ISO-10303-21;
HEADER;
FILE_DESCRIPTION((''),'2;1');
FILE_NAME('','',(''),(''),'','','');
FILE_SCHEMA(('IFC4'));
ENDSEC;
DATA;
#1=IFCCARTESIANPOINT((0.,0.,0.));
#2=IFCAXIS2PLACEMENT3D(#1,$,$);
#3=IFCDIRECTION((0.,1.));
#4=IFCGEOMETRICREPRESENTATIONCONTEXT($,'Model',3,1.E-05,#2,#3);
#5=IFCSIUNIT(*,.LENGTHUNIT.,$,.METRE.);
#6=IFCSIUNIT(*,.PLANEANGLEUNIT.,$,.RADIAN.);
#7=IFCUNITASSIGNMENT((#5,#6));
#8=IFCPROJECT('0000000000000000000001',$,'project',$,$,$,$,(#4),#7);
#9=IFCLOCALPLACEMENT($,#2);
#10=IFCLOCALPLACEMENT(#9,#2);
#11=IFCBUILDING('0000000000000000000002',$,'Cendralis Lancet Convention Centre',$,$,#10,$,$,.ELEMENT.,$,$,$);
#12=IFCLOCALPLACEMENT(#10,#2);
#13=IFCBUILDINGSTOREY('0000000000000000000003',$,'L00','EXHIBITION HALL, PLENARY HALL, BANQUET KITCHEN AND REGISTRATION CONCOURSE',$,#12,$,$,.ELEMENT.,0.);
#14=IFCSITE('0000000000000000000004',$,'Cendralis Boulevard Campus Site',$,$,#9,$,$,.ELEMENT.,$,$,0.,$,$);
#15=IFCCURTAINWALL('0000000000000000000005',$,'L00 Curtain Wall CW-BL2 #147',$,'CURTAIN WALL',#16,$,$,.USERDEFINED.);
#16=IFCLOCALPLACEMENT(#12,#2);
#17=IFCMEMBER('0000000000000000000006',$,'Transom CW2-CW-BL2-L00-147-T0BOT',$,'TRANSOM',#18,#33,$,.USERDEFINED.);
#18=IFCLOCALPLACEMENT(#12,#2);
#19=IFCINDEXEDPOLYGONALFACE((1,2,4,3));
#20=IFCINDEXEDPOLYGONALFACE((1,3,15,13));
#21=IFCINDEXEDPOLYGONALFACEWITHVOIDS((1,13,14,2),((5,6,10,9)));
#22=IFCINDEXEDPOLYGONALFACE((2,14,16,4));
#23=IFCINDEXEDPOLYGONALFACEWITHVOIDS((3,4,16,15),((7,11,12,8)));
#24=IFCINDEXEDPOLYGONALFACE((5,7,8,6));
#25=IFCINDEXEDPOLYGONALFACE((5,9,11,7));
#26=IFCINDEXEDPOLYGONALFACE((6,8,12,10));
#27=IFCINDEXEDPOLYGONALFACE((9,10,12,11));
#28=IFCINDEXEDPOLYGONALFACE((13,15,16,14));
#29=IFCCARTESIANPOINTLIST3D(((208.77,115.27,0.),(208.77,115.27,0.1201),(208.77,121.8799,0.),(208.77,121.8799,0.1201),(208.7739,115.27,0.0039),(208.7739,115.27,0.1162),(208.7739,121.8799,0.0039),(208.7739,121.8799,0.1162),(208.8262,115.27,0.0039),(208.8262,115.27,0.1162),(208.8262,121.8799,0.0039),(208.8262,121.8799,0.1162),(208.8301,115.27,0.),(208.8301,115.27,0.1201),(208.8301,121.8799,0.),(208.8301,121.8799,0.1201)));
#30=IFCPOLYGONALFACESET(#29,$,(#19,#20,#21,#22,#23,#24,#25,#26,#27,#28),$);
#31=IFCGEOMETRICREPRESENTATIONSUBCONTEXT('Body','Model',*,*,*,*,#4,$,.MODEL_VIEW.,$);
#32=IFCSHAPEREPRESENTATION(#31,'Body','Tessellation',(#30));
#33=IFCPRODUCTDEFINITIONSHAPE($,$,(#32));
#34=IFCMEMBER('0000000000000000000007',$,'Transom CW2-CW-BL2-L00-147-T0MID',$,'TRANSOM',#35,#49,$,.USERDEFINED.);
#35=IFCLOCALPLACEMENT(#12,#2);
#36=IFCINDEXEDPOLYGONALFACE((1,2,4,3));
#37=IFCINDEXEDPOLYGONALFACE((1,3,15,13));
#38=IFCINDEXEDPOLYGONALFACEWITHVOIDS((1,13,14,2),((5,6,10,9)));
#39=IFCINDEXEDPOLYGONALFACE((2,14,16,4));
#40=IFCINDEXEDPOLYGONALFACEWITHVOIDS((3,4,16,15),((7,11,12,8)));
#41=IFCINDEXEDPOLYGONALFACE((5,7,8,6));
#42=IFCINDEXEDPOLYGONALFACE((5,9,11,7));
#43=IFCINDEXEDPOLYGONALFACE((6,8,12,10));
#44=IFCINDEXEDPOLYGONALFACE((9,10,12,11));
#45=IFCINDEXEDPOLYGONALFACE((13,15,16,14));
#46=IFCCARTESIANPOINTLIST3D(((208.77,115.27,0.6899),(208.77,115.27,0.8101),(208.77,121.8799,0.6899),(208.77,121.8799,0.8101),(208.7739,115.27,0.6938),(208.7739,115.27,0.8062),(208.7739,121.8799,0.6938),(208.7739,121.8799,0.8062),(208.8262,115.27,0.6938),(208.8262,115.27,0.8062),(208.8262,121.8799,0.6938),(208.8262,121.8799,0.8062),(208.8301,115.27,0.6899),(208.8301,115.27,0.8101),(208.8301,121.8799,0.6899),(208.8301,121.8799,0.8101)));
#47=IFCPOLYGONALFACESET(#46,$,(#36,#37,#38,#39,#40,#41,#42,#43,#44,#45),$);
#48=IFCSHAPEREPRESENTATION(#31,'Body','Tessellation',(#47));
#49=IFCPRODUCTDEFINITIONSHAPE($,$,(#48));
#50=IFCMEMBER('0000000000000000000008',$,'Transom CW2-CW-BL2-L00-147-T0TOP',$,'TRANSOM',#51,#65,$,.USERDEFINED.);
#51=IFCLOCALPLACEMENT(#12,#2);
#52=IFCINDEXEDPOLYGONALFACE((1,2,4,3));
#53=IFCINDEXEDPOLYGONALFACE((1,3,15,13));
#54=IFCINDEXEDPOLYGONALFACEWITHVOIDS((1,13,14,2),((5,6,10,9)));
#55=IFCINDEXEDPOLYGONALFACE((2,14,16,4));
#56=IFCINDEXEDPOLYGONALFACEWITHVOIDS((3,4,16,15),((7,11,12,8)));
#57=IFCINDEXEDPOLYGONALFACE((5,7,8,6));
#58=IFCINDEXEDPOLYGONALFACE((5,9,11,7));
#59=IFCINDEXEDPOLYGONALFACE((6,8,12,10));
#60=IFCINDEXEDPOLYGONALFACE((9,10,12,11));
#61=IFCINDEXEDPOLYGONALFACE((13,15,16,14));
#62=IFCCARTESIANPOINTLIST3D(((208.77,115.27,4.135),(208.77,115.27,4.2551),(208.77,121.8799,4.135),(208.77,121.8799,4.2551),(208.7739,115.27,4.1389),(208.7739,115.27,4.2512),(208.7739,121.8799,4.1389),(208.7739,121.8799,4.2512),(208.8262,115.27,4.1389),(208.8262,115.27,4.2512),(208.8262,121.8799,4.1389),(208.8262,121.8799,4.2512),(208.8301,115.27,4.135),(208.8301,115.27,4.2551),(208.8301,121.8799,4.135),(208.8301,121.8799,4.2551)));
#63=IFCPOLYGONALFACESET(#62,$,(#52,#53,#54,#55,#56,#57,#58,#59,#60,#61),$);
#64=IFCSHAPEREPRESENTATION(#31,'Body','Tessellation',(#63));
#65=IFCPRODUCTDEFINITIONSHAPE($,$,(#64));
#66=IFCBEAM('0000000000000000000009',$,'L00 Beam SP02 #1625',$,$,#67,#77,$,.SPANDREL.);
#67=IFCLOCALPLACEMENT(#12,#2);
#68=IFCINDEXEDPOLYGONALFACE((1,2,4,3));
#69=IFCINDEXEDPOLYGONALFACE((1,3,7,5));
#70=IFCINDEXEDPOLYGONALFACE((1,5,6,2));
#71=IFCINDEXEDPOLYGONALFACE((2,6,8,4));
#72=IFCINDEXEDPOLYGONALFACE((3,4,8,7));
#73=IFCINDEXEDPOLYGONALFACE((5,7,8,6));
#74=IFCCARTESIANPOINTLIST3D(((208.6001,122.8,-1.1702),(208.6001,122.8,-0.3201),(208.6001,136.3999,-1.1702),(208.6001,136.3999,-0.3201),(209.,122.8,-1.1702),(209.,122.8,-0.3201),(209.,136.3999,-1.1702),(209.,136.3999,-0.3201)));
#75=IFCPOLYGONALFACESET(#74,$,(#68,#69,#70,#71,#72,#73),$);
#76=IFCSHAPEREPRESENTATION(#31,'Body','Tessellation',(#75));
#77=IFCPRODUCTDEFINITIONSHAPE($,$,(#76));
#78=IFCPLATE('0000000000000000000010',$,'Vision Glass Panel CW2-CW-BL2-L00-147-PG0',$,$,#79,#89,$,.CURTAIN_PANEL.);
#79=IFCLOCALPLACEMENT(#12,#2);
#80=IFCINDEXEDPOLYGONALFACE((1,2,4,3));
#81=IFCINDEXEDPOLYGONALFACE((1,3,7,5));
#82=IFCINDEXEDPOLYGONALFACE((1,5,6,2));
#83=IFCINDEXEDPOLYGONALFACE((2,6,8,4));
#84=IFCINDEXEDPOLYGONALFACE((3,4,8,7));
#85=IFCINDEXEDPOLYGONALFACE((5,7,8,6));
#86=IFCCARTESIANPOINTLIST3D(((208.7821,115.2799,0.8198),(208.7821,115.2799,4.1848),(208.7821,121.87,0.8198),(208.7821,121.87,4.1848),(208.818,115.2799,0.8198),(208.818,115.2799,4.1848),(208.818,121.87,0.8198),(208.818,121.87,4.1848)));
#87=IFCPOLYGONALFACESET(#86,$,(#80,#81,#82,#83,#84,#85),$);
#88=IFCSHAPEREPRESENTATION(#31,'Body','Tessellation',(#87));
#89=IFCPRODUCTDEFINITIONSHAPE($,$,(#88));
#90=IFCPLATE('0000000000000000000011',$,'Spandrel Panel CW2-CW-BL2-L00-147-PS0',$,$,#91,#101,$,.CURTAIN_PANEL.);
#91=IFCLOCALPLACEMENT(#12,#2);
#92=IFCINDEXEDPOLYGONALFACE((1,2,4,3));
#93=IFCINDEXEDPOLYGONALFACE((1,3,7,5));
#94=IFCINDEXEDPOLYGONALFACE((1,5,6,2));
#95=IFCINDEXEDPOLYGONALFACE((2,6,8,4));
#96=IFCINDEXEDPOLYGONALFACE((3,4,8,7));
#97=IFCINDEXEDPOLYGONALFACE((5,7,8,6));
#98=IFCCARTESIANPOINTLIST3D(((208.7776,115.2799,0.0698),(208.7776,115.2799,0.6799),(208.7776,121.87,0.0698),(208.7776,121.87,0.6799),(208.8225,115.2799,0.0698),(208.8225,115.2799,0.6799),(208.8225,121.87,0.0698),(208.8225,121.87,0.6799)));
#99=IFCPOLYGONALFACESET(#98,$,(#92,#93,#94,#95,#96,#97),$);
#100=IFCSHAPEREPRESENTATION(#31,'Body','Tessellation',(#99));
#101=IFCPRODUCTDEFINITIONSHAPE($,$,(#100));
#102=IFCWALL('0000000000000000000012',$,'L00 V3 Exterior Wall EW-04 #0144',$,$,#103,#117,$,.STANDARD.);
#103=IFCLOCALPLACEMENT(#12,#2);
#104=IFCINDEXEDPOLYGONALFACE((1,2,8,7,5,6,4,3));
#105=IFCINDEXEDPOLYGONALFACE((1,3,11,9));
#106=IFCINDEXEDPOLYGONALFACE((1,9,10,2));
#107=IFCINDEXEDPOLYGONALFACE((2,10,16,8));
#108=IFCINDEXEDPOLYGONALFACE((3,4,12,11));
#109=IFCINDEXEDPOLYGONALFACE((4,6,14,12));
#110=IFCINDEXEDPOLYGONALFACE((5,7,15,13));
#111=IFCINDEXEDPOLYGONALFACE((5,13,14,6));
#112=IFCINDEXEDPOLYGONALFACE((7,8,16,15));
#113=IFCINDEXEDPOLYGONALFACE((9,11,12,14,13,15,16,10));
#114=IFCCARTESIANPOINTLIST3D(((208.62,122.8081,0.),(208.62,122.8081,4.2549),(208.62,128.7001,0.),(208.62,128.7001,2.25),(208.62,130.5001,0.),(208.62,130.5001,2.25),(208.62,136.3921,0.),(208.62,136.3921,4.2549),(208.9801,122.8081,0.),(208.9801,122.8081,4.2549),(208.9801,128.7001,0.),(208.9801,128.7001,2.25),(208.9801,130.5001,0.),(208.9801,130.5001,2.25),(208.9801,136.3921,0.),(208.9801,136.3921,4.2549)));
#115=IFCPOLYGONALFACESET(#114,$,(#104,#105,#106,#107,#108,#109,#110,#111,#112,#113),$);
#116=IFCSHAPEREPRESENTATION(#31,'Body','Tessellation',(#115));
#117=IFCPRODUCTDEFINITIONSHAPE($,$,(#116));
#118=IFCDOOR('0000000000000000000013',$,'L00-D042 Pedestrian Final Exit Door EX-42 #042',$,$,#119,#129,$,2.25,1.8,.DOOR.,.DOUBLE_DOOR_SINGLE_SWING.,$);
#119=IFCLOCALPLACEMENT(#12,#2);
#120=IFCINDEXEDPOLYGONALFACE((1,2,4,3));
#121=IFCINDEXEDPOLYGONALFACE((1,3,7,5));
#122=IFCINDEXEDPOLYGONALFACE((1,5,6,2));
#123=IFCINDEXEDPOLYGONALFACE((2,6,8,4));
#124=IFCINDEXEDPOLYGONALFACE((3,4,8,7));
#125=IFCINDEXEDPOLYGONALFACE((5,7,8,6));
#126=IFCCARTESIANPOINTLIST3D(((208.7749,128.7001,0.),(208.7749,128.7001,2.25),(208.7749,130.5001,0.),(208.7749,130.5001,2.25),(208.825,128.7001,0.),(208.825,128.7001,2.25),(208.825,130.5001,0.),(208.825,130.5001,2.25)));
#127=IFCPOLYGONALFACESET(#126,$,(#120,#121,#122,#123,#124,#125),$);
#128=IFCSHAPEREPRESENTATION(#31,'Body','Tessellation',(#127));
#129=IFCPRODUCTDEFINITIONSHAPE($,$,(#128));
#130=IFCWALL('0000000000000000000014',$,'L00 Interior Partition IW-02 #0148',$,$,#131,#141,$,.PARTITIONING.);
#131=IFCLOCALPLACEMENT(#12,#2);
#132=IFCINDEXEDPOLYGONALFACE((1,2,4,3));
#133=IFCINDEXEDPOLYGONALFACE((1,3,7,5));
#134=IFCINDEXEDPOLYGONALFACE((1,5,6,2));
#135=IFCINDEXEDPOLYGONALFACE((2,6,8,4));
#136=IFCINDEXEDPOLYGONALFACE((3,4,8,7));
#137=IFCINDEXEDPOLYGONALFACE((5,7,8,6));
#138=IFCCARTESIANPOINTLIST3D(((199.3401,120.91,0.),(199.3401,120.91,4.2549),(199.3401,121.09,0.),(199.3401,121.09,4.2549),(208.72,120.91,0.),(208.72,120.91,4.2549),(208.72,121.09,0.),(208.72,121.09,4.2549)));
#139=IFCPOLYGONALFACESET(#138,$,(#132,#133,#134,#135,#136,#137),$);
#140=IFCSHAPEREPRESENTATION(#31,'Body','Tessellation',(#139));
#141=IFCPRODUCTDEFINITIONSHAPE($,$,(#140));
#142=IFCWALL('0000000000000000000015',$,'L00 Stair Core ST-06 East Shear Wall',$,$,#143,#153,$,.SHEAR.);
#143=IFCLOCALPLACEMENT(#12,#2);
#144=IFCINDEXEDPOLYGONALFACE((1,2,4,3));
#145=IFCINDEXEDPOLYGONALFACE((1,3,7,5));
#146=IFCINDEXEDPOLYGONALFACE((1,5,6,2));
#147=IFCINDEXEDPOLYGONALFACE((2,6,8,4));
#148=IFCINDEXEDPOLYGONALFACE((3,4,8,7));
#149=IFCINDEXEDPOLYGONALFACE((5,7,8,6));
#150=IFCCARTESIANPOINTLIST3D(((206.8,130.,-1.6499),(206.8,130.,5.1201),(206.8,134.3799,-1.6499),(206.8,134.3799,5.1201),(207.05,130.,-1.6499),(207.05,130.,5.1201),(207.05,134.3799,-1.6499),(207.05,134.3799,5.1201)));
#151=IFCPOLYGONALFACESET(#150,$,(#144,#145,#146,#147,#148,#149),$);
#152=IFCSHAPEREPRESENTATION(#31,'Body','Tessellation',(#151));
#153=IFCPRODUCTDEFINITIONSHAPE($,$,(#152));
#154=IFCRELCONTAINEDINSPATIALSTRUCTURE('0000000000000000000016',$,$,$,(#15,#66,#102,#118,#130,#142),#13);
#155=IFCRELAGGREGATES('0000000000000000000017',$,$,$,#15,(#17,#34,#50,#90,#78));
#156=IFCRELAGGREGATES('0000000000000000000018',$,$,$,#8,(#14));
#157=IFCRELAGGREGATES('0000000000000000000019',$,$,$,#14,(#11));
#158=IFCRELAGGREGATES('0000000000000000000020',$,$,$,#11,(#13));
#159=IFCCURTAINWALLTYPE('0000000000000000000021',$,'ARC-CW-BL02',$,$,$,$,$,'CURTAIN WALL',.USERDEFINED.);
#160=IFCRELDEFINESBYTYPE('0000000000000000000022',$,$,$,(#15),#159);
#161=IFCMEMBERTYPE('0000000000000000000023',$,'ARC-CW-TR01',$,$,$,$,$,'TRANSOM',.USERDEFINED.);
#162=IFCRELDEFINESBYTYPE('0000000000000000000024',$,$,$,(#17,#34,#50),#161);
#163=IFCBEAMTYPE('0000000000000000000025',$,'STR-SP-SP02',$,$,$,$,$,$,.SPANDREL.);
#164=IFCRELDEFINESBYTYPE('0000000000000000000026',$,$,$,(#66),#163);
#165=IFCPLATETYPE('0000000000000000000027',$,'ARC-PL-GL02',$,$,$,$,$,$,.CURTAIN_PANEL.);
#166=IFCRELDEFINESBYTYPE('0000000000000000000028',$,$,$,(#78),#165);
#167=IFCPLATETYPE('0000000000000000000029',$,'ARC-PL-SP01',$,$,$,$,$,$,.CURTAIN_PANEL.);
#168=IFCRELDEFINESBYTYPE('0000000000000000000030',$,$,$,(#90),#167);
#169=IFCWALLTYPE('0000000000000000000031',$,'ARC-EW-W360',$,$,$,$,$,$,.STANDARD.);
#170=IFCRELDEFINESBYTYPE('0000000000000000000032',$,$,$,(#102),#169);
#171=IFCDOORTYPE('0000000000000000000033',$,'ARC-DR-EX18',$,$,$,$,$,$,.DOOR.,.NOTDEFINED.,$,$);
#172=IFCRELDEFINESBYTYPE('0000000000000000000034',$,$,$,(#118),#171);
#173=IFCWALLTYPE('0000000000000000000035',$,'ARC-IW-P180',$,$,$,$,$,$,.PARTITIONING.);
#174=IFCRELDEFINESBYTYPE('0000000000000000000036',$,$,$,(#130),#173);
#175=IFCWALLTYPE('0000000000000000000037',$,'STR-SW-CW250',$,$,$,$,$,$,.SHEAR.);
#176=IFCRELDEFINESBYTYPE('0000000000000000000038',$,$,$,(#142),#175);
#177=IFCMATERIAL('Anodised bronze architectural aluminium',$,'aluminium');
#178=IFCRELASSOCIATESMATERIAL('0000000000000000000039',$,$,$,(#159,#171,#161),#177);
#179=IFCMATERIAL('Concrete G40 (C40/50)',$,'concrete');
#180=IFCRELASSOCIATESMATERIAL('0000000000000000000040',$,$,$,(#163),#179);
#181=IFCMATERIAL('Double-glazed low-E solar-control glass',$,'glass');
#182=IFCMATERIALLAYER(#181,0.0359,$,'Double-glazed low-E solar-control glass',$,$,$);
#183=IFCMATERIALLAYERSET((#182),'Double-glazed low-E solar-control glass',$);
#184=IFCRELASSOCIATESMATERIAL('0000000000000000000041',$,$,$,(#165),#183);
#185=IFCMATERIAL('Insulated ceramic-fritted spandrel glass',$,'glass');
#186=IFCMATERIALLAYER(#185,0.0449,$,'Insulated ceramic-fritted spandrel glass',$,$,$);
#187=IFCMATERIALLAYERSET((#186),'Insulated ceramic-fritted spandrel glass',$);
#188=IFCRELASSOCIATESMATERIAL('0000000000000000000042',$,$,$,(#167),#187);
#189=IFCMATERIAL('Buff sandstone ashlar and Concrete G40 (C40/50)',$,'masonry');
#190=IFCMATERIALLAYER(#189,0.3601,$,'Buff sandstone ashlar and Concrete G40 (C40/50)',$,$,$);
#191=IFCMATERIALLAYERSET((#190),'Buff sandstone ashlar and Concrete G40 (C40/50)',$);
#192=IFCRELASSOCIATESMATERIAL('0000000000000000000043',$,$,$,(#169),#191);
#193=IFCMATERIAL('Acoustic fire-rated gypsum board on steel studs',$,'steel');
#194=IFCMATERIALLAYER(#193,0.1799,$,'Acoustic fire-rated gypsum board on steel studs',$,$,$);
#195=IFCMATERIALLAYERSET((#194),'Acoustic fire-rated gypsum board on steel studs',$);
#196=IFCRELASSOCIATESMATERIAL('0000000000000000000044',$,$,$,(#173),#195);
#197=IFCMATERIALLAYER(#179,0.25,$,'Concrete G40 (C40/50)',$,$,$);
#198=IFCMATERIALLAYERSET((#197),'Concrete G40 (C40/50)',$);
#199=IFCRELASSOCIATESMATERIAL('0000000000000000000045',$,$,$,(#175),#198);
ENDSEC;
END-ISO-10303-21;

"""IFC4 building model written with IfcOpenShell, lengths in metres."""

from ifc_helpers import new_model, si_unit, direction, frame, frame_2d, origin, origin_2d, place, context, subcontext, project, spatial, rectangle, hollow_rectangle, extrude, material, layer, layer_set, material_profile, profile_set, type_object, element, fill, aggregate, save


model = new_model("IFC4")

# Units and contexts
model_context = context("Model", 3, precision=1e-05, world=origin(), true_north=direction((0.0, 1.0)))
body_context = subcontext(model_context, "Body", "Model", "MODEL_VIEW")
ifc_project = project(units=[si_unit("LENGTHUNIT", "METRE"), si_unit("PLANEANGLEUNIT", "RADIAN")], contexts=[model_context])

# Site, building, storey
site_placement = place(None, origin())
site = spatial("IfcSite", under=ifc_project, at=site_placement, Name="Cendralis Boulevard Campus Site", CompositionType="ELEMENT", RefElevation=0.0)
building_placement = place(site_placement, origin())
building = spatial("IfcBuilding", under=site, at=building_placement, Name="Cendralis Lancet Convention Centre", CompositionType="ELEMENT")
storey_placement = place(building_placement, origin())
storey = spatial("IfcBuildingStorey", under=building, at=storey_placement, Name="L00", Description="EXHIBITION HALL, PLENARY HALL, BANQUET KITCHEN AND REGISTRATION CONCOURSE", CompositionType="ELEMENT", Elevation=0.0)

# Shared definitions
ifc_material_1 = material(Name="Concrete G40 (C40/50)", Category="concrete")

# Curtain wall, members
ifc_material_2 = material(Name="Anodised bronze architectural aluminium", Category="aluminium")
curtain_wall_type = type_object("IfcCurtainWallType", Name="ARC-CW-BL02", ElementType="CURTAIN WALL", PredefinedType="USERDEFINED", material=ifc_material_2)
curtain_wall_placement = place(storey_placement, origin())
curtain_wall = element("IfcCurtainWall", 1, at=curtain_wall_placement, inside=storey, type_object=curtain_wall_type, Name="L00 Curtain Wall CW-BL2 #147", ObjectType="CURTAIN WALL", PredefinedType="USERDEFINED")
ifc_material_profile_1 = material_profile(ifc_material_2, hollow_rectangle(XDim=0.0601, YDim=0.1201, WallThickness=0.0039, at=origin_2d()), Name="AL-TRAN 60x120x4.0")
ifc_profile_set_1 = profile_set([ifc_material_profile_1], Name="Anodised bronze architectural aluminium")
member_type_1 = type_object("IfcMemberType", Name="ARC-CW-TR01", ElementType="TRANSOM", PredefinedType="USERDEFINED", material=ifc_profile_set_1)
member_1_placement = place(storey_placement, frame((208.8, 121.8799, 0.0601), z_axis=(0.0, -1.0, 0.0), x_axis=(1.0, 0.0, 0.0)))
member_1 = element("IfcMember", 2, at=member_1_placement, type_object=member_type_1, Name="Transom CW2-CW-BL2-L00-147-T0BOT", ObjectType="TRANSOM", PredefinedType="USERDEFINED", context=body_context, shape_type="SweptSolid", body=[
    extrude(hollow_rectangle(XDim=0.0601, YDim=0.1201, WallThickness=0.0039, at=origin_2d()), origin(), (0.0, 0.0, 1.0), 6.6099),
])
member_2_placement = place(storey_placement, frame((208.8, 121.8799, 0.75), z_axis=(0.0, -1.0, 0.0), x_axis=(1.0, 0.0, 0.0)))
member_2 = element("IfcMember", 3, at=member_2_placement, type_object=member_type_1, Name="Transom CW2-CW-BL2-L00-147-T0MID", ObjectType="TRANSOM", PredefinedType="USERDEFINED", context=body_context, shape_type="SweptSolid", body=[
    extrude(hollow_rectangle(XDim=0.0601, YDim=0.1201, WallThickness=0.0039, at=origin_2d()), origin(), (0.0, 0.0, 1.0), 6.6099),
])
member_3_placement = place(storey_placement, frame((208.8, 121.8799, 4.1951), z_axis=(0.0, -1.0, 0.0), x_axis=(1.0, 0.0, 0.0)))
member_3 = element("IfcMember", 4, at=member_3_placement, type_object=member_type_1, Name="Transom CW2-CW-BL2-L00-147-T0TOP", ObjectType="TRANSOM", PredefinedType="USERDEFINED", context=body_context, shape_type="SweptSolid", body=[
    extrude(hollow_rectangle(XDim=0.0601, YDim=0.1201, WallThickness=0.0039, at=origin_2d()), origin(), (0.0, 0.0, 1.0), 6.6099),
])

# Beam
ifc_material_profile_2 = material_profile(ifc_material_1, rectangle(XDim=0.3999, YDim=0.8501, at=origin_2d()), Name="RCB 400x850")
ifc_profile_set_2 = profile_set([ifc_material_profile_2], Name="Concrete G40 (C40/50)")
beam_type = type_object("IfcBeamType", Name="STR-SP-SP02", PredefinedType="SPANDREL", material=ifc_profile_set_2)
beam_placement = place(storey_placement, frame((208.8, 122.8, -0.7451), z_axis=(0.0, 1.0, 0.0), x_axis=(-1.0, 0.0, 0.0)))
element("IfcBeam", 5, at=beam_placement, inside=storey, type_object=beam_type, Name="L00 Beam SP02 #1625", PredefinedType="SPANDREL", context=body_context, shape_type="SweptSolid", body=[
    extrude(rectangle(XDim=0.3999, YDim=0.8501, at=origin_2d()), origin(), (0.0, 0.0, 1.0), 13.5999),
])

# Plates
ifc_material_3 = material(Name="Double-glazed low-E solar-control glass", Category="glass")
ifc_layer_1 = layer(ifc_material_3, 0.0359, Name="Double-glazed low-E solar-control glass")
ifc_layer_set_1 = layer_set([ifc_layer_1], Name="Double-glazed low-E solar-control glass")
plate_type_1 = type_object("IfcPlateType", Name="ARC-PL-GL02", PredefinedType="CURTAIN_PANEL", material=ifc_layer_set_1)
plate_1_placement = place(storey_placement, frame((208.8, 118.575, 0.8198), z_axis=(0.0, 0.0, 1.0), x_axis=(0.0, -1.0, 0.0)))
plate_1 = element("IfcPlate", 6, at=plate_1_placement, type_object=plate_type_1, Name="Vision Glass Panel CW2-CW-BL2-L00-147-PG0", PredefinedType="CURTAIN_PANEL", context=body_context, shape_type="SweptSolid", body=[
    extrude(rectangle(XDim=6.5901, YDim=0.0359, at=origin_2d()), origin(), (0.0, 0.0, 1.0), 3.365),
])
ifc_material_4 = material(Name="Insulated ceramic-fritted spandrel glass", Category="glass")
ifc_layer_2 = layer(ifc_material_4, 0.0449, Name="Insulated ceramic-fritted spandrel glass")
ifc_layer_set_2 = layer_set([ifc_layer_2], Name="Insulated ceramic-fritted spandrel glass")
plate_type_2 = type_object("IfcPlateType", Name="ARC-PL-SP01", PredefinedType="CURTAIN_PANEL", material=ifc_layer_set_2)
plate_2_placement = place(storey_placement, frame((208.8, 118.575, 0.0698), z_axis=(0.0, 0.0, 1.0), x_axis=(0.0, -1.0, 0.0)))
plate_2 = element("IfcPlate", 7, at=plate_2_placement, type_object=plate_type_2, Name="Spandrel Panel CW2-CW-BL2-L00-147-PS0", PredefinedType="CURTAIN_PANEL", context=body_context, shape_type="SweptSolid", body=[
    extrude(rectangle(XDim=6.5901, YDim=0.0449, at=origin_2d()), origin(), (0.0, 0.0, 1.0), 0.6101),
])
aggregate(curtain_wall, [member_1, member_2, member_3, plate_2, plate_1])

# Wall, opening, door
ifc_material_5 = material(Name="Buff sandstone ashlar and Concrete G40 (C40/50)", Category="masonry")
ifc_layer_3 = layer(ifc_material_5, 0.3601, Name="Buff sandstone ashlar and Concrete G40 (C40/50)")
ifc_layer_set_3 = layer_set([ifc_layer_3], Name="Buff sandstone ashlar and Concrete G40 (C40/50)")
wall_type_1 = type_object("IfcWallType", Name="ARC-EW-W360", PredefinedType="STANDARD", material=ifc_layer_set_3)
wall_1_placement = place(storey_placement, frame((208.8, 136.3921, 0.0), z_axis=(0.0, 0.0, 1.0), x_axis=(0.0, -1.0, 0.0)))
wall_1 = element("IfcWall", 8, at=wall_1_placement, inside=storey, type_object=wall_type_1, Name="L00 V3 Exterior Wall EW-04 #0144", PredefinedType="STANDARD", context=body_context, shape_type="SweptSolid", body=[
    extrude(rectangle(XDim=13.584, YDim=0.3601, at=frame_2d((6.792, 0.0))), origin(), (0.0, 0.0, 1.0), 4.2549),
])
opening_placement = place(wall_1_placement, frame((5.8921, 0.0, 0.0)))
opening = element("IfcOpeningElement", 9, at=opening_placement, cuts=wall_1, PredefinedType="OPENING", context=body_context, shape_type="SweptSolid", body=[
    extrude(rectangle(XDim=1.8, YDim=2.25, at=frame_2d((0.8999, 1.125))), frame((0.0, 0.1899, 0.0), z_axis=(0.0, -1.0, 0.0), x_axis=(1.0, 0.0, 0.0)), (0.0, 0.0, 1.0), 0.3801),
])
door_type = type_object("IfcDoorType", Name="ARC-DR-EX18", OperationType="NOTDEFINED", PredefinedType="DOOR", material=ifc_material_2)
door_placement = place(opening_placement, origin())
door = element("IfcDoor", 10, at=door_placement, inside=storey, type_object=door_type, Name="L00-D042 Pedestrian Final Exit Door EX-42 #042", OperationType="DOUBLE_DOOR_SINGLE_SWING", OverallHeight=2.25, OverallWidth=1.8, PredefinedType="DOOR", context=body_context, shape_type="SweptSolid", body=[
    extrude(rectangle(XDim=1.8, YDim=2.25, at=frame_2d((0.8999, 1.125))), frame((0.0, 0.0249, 0.0), z_axis=(0.0, -1.0, 0.0), x_axis=(1.0, 0.0, 0.0)), (0.0, 0.0, 1.0), 0.05),
])
fill(opening, door)

# Walls
ifc_material_6 = material(Name="Acoustic fire-rated gypsum board on steel studs", Category="steel")
ifc_layer_4 = layer(ifc_material_6, 0.1799, Name="Acoustic fire-rated gypsum board on steel studs")
ifc_layer_set_4 = layer_set([ifc_layer_4], Name="Acoustic fire-rated gypsum board on steel studs")
wall_type_2 = type_object("IfcWallType", Name="ARC-IW-P180", PredefinedType="PARTITIONING", material=ifc_layer_set_4)
wall_2_placement = place(storey_placement, frame((199.3401, 121.0, 0.0), z_axis=(0.0, 0.0, 1.0), x_axis=(1.0, 0.0, 0.0)))
element("IfcWall", 11, at=wall_2_placement, inside=storey, type_object=wall_type_2, Name="L00 Interior Partition IW-02 #0148", PredefinedType="PARTITIONING", context=body_context, shape_type="SweptSolid", body=[
    extrude(rectangle(XDim=9.3799, YDim=0.1799, at=frame_2d((4.6899, 0.0))), origin(), (0.0, 0.0, 1.0), 4.2549),
])
ifc_layer_5 = layer(ifc_material_1, 0.25, Name="Concrete G40 (C40/50)")
ifc_layer_set_5 = layer_set([ifc_layer_5], Name="Concrete G40 (C40/50)")
wall_type_3 = type_object("IfcWallType", Name="STR-SW-CW250", PredefinedType="SHEAR", material=ifc_layer_set_5)
wall_3_placement = place(storey_placement, frame((206.925, 130.0, -1.6499), z_axis=(0.0, 0.0, 1.0), x_axis=(0.0, 1.0, 0.0)))
element("IfcWall", 12, at=wall_3_placement, inside=storey, type_object=wall_type_3, Name="L00 Stair Core ST-06 East Shear Wall", PredefinedType="SHEAR", context=body_context, shape_type="SweptSolid", body=[
    extrude(rectangle(XDim=4.3799, YDim=0.25, at=frame_2d((2.1899, 0.0))), origin(), (0.0, 0.0, 1.0), 6.77),
])

save(model, "model.ifc")
